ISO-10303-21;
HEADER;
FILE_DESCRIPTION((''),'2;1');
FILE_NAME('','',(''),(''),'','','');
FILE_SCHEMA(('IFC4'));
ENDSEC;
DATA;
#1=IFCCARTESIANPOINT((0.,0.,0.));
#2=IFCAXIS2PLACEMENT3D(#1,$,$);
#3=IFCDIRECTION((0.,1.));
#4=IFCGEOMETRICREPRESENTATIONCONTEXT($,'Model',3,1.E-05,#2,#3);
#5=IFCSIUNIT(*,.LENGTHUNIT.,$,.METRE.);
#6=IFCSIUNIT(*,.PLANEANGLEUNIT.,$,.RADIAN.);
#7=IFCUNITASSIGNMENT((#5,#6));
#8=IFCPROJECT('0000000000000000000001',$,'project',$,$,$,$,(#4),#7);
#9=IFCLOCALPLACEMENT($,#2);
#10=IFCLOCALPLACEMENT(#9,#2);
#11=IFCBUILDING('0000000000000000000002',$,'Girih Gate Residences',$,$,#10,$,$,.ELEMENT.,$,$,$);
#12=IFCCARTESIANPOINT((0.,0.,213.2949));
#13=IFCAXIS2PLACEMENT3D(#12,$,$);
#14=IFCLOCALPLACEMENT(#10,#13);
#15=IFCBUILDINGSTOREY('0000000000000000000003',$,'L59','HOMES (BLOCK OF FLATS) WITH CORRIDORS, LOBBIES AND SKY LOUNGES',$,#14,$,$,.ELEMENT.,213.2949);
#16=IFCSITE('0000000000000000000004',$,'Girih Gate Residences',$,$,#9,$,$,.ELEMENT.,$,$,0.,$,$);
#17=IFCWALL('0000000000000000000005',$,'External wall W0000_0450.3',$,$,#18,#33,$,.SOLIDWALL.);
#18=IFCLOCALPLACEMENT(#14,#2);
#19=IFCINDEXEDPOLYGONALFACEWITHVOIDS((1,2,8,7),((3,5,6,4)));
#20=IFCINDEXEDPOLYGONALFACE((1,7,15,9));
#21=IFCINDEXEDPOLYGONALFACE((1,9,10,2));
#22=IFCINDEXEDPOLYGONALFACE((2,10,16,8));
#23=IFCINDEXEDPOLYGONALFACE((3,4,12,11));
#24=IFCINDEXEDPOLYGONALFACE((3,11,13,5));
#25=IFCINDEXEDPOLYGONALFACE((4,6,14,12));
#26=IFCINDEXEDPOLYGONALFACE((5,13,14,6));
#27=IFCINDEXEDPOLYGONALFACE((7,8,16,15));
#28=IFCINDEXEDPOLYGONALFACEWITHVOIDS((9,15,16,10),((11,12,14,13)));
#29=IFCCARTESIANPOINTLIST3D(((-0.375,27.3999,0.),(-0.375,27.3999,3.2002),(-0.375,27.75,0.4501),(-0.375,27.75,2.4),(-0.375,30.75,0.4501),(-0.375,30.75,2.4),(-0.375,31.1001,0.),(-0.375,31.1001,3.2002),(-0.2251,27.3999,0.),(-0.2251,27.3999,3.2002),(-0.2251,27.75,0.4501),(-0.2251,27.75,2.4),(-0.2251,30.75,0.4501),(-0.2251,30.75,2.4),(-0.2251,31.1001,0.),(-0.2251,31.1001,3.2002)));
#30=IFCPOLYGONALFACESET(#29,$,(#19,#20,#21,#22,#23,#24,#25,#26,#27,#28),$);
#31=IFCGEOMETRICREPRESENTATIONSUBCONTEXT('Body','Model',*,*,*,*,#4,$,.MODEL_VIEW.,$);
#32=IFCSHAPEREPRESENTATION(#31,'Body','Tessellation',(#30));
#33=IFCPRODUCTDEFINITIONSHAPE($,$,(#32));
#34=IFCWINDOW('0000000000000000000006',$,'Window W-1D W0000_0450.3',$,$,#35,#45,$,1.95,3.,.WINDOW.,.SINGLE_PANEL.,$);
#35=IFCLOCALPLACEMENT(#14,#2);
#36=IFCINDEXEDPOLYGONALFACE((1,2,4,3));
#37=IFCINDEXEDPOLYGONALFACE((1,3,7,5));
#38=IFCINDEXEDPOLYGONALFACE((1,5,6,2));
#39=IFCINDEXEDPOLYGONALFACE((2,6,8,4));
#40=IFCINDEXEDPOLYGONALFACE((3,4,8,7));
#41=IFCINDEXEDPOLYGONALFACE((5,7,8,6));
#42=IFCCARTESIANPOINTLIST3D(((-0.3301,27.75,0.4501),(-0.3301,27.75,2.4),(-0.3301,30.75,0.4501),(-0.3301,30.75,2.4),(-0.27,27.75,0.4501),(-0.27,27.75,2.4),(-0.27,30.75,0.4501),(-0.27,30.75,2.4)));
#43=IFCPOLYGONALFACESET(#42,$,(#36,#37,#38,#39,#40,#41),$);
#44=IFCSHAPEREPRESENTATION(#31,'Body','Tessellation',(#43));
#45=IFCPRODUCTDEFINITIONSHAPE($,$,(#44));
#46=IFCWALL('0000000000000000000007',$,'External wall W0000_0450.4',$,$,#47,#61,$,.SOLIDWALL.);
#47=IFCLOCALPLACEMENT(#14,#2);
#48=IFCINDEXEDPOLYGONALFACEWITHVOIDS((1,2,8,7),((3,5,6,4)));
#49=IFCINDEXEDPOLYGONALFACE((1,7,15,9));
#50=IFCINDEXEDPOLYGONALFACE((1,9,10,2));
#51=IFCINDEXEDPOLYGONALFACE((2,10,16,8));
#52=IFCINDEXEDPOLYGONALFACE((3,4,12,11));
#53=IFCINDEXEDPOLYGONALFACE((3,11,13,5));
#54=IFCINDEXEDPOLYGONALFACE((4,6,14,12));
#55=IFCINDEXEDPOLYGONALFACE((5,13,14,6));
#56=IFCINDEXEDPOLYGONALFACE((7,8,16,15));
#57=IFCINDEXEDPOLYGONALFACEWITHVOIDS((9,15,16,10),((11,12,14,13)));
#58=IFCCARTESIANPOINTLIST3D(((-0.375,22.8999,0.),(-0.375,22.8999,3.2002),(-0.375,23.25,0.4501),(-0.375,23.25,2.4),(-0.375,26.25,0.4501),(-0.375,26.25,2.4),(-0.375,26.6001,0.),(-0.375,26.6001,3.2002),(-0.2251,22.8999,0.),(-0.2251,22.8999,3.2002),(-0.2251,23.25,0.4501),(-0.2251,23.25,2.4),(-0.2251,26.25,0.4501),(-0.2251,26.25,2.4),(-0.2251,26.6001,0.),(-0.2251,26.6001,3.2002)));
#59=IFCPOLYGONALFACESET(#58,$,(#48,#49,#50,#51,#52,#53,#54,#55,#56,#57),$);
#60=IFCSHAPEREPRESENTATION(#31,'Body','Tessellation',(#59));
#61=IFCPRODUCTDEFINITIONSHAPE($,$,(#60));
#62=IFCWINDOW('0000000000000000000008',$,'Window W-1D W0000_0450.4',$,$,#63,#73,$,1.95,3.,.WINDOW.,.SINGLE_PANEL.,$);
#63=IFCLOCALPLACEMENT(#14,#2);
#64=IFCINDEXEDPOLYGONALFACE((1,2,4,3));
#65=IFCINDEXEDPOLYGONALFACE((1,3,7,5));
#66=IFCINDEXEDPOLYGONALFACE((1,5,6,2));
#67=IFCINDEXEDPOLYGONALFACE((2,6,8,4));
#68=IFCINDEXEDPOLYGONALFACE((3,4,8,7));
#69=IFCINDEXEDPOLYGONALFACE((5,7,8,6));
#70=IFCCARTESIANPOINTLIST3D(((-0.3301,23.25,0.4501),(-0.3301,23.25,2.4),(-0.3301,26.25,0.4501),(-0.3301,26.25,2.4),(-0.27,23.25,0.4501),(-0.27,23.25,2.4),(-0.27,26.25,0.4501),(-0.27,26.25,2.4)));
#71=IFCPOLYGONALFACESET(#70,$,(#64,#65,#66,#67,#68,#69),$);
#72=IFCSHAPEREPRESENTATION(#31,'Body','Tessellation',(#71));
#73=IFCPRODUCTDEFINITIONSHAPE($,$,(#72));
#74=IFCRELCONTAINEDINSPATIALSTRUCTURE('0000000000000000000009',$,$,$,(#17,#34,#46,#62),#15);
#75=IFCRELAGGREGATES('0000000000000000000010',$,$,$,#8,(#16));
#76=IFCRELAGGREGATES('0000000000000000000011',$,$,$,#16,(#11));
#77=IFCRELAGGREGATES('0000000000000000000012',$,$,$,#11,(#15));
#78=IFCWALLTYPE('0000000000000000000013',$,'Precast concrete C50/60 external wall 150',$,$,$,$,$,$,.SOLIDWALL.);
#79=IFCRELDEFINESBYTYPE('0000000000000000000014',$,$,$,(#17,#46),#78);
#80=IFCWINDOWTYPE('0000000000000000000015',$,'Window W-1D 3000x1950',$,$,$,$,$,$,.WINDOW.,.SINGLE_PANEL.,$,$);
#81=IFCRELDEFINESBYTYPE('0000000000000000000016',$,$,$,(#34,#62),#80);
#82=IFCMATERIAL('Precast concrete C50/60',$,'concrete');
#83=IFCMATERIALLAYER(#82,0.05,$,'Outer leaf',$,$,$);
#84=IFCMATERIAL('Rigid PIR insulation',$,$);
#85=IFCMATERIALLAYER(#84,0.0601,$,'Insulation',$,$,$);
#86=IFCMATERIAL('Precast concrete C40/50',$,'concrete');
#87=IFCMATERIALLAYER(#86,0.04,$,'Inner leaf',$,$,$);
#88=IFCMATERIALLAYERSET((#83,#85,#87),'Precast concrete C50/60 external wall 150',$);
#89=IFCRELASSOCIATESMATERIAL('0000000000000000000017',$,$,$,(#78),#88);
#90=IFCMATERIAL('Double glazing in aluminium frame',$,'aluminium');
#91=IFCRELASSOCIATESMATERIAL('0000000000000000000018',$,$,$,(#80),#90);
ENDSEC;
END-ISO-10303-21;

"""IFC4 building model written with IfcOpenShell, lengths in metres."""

from ifc_helpers import new_model, si_unit, direction, frame, frame_2d, origin, place, context, subcontext, project, spatial, rectangle, extrude, material, layer, layer_set, type_object, element, fill, save


model = new_model("IFC4")

# Units and contexts
model_context = context("Model", 3, precision=1e-05, world=origin(), true_north=direction((0.0, 1.0)))
body_context = subcontext(model_context, "Body", "Model", "MODEL_VIEW")
ifc_project = project(units=[si_unit("LENGTHUNIT", "METRE"), si_unit("PLANEANGLEUNIT", "RADIAN")], contexts=[model_context])

# Site, building, storey
site_placement = place(None, origin())
site = spatial("IfcSite", under=ifc_project, at=site_placement, Name="Girih Gate Residences", CompositionType="ELEMENT", RefElevation=0.0)
building_placement = place(site_placement, origin())
building = spatial("IfcBuilding", under=site, at=building_placement, Name="Girih Gate Residences", CompositionType="ELEMENT")
storey_placement = place(building_placement, frame((0.0, 0.0, 213.2949)))
storey = spatial("IfcBuildingStorey", under=building, at=storey_placement, Name="L59", Description="HOMES (BLOCK OF FLATS) WITH CORRIDORS, LOBBIES AND SKY LOUNGES", CompositionType="ELEMENT", Elevation=213.2949)

# Walls, openings, windows
ifc_material_1 = material(Name="Precast concrete C50/60", Category="concrete")
ifc_layer_1 = layer(ifc_material_1, 0.05, Name="Outer leaf")
ifc_material_2 = material(Name="Rigid PIR insulation")
ifc_layer_2 = layer(ifc_material_2, 0.0601, Name="Insulation")
ifc_material_3 = material(Name="Precast concrete C40/50", Category="concrete")
ifc_layer_3 = layer(ifc_material_3, 0.04, Name="Inner leaf")
ifc_layer_set_1 = layer_set([ifc_layer_1, ifc_layer_2, ifc_layer_3], Name="Precast concrete C50/60 external wall 150")
wall_type_1 = type_object("IfcWallType", Name="Precast concrete C50/60 external wall 150", PredefinedType="SOLIDWALL", material=ifc_layer_set_1)
wall_1_placement = place(storey_placement, frame((-0.3, 27.3999, 0.0), z_axis=(0.0, 0.0, 1.0), x_axis=(0.0, 1.0, 0.0)))
wall_1 = element("IfcWall", 1, at=wall_1_placement, inside=storey, type_object=wall_type_1, Name="External wall W0000_0450.3", PredefinedType="SOLIDWALL", context=body_context, shape_type="SweptSolid", body=[
    extrude(rectangle(XDim=3.7002, YDim=0.1499, at=frame_2d((1.8501, 0.0))), origin(), (0.0, 0.0, 1.0), 3.2002),
])
opening_1_placement = place(wall_1_placement, frame((0.3501, 0.0, 0.45)))
opening_1 = element("IfcOpeningElement", 2, at=opening_1_placement, cuts=wall_1, PredefinedType="OPENING", context=body_context, shape_type="SweptSolid", body=[
    extrude(rectangle(XDim=3.0, YDim=1.95, at=frame_2d((1.5, 0.9751))), frame((0.0, 0.085, 0.0), z_axis=(0.0, -1.0, 0.0), x_axis=(1.0, 0.0, 0.0)), (0.0, 0.0, 1.0), 0.1699),
])
ifc_material_4 = material(Name="Double glazing in aluminium frame", Category="aluminium")
window_type = type_object("IfcWindowType", Name="Window W-1D 3000x1950", PartitioningType="SINGLE_PANEL", PredefinedType="WINDOW", material=ifc_material_4)
window_1_placement = place(opening_1_placement, origin())
window_1 = element("IfcWindow", 3, at=window_1_placement, inside=storey, type_object=window_type, Name="Window W-1D W0000_0450.3", OverallHeight=1.95, OverallWidth=3.0, PartitioningType="SINGLE_PANEL", PredefinedType="WINDOW", context=body_context, shape_type="SweptSolid", body=[
    extrude(rectangle(XDim=3.0, YDim=1.95, at=frame_2d((1.5, 0.9751))), frame((0.0, 0.03, 0.0), z_axis=(0.0, -1.0, 0.0), x_axis=(1.0, 0.0, 0.0)), (0.0, 0.0, 1.0), 0.0601),
])
fill(opening_1, window_1)
wall_2_placement = place(storey_placement, frame((-0.3, 22.8999, 0.0), z_axis=(0.0, 0.0, 1.0), x_axis=(0.0, 1.0, 0.0)))
wall_2 = element("IfcWall", 4, at=wall_2_placement, inside=storey, type_object=wall_type_1, Name="External wall W0000_0450.4", PredefinedType="SOLIDWALL", context=body_context, shape_type="SweptSolid", body=[
    extrude(rectangle(XDim=3.7002, YDim=0.1499, at=frame_2d((1.8501, 0.0))), origin(), (0.0, 0.0, 1.0), 3.2002),
])
opening_2_placement = place(wall_2_placement, frame((0.3501, 0.0, 0.45)))
opening_2 = element("IfcOpeningElement", 5, at=opening_2_placement, cuts=wall_2, PredefinedType="OPENING", context=body_context, shape_type="SweptSolid", body=[
    extrude(rectangle(XDim=3.0, YDim=1.95, at=frame_2d((1.5, 0.9751))), frame((0.0, 0.085, 0.0), z_axis=(0.0, -1.0, 0.0), x_axis=(1.0, 0.0, 0.0)), (0.0, 0.0, 1.0), 0.1699),
])
window_2_placement = place(opening_2_placement, origin())
window_2 = element("IfcWindow", 6, at=window_2_placement, inside=storey, type_object=window_type, Name="Window W-1D W0000_0450.4", OverallHeight=1.95, OverallWidth=3.0, PartitioningType="SINGLE_PANEL", PredefinedType="WINDOW", context=body_context, shape_type="SweptSolid", body=[
    extrude(rectangle(XDim=3.0, YDim=1.95, at=frame_2d((1.5, 0.9751))), frame((0.0, 0.03, 0.0), z_axis=(0.0, -1.0, 0.0), x_axis=(1.0, 0.0, 0.0)), (0.0, 0.0, 1.0), 0.0601),
])
fill(opening_2, window_2)

save(model, "model.ifc")
